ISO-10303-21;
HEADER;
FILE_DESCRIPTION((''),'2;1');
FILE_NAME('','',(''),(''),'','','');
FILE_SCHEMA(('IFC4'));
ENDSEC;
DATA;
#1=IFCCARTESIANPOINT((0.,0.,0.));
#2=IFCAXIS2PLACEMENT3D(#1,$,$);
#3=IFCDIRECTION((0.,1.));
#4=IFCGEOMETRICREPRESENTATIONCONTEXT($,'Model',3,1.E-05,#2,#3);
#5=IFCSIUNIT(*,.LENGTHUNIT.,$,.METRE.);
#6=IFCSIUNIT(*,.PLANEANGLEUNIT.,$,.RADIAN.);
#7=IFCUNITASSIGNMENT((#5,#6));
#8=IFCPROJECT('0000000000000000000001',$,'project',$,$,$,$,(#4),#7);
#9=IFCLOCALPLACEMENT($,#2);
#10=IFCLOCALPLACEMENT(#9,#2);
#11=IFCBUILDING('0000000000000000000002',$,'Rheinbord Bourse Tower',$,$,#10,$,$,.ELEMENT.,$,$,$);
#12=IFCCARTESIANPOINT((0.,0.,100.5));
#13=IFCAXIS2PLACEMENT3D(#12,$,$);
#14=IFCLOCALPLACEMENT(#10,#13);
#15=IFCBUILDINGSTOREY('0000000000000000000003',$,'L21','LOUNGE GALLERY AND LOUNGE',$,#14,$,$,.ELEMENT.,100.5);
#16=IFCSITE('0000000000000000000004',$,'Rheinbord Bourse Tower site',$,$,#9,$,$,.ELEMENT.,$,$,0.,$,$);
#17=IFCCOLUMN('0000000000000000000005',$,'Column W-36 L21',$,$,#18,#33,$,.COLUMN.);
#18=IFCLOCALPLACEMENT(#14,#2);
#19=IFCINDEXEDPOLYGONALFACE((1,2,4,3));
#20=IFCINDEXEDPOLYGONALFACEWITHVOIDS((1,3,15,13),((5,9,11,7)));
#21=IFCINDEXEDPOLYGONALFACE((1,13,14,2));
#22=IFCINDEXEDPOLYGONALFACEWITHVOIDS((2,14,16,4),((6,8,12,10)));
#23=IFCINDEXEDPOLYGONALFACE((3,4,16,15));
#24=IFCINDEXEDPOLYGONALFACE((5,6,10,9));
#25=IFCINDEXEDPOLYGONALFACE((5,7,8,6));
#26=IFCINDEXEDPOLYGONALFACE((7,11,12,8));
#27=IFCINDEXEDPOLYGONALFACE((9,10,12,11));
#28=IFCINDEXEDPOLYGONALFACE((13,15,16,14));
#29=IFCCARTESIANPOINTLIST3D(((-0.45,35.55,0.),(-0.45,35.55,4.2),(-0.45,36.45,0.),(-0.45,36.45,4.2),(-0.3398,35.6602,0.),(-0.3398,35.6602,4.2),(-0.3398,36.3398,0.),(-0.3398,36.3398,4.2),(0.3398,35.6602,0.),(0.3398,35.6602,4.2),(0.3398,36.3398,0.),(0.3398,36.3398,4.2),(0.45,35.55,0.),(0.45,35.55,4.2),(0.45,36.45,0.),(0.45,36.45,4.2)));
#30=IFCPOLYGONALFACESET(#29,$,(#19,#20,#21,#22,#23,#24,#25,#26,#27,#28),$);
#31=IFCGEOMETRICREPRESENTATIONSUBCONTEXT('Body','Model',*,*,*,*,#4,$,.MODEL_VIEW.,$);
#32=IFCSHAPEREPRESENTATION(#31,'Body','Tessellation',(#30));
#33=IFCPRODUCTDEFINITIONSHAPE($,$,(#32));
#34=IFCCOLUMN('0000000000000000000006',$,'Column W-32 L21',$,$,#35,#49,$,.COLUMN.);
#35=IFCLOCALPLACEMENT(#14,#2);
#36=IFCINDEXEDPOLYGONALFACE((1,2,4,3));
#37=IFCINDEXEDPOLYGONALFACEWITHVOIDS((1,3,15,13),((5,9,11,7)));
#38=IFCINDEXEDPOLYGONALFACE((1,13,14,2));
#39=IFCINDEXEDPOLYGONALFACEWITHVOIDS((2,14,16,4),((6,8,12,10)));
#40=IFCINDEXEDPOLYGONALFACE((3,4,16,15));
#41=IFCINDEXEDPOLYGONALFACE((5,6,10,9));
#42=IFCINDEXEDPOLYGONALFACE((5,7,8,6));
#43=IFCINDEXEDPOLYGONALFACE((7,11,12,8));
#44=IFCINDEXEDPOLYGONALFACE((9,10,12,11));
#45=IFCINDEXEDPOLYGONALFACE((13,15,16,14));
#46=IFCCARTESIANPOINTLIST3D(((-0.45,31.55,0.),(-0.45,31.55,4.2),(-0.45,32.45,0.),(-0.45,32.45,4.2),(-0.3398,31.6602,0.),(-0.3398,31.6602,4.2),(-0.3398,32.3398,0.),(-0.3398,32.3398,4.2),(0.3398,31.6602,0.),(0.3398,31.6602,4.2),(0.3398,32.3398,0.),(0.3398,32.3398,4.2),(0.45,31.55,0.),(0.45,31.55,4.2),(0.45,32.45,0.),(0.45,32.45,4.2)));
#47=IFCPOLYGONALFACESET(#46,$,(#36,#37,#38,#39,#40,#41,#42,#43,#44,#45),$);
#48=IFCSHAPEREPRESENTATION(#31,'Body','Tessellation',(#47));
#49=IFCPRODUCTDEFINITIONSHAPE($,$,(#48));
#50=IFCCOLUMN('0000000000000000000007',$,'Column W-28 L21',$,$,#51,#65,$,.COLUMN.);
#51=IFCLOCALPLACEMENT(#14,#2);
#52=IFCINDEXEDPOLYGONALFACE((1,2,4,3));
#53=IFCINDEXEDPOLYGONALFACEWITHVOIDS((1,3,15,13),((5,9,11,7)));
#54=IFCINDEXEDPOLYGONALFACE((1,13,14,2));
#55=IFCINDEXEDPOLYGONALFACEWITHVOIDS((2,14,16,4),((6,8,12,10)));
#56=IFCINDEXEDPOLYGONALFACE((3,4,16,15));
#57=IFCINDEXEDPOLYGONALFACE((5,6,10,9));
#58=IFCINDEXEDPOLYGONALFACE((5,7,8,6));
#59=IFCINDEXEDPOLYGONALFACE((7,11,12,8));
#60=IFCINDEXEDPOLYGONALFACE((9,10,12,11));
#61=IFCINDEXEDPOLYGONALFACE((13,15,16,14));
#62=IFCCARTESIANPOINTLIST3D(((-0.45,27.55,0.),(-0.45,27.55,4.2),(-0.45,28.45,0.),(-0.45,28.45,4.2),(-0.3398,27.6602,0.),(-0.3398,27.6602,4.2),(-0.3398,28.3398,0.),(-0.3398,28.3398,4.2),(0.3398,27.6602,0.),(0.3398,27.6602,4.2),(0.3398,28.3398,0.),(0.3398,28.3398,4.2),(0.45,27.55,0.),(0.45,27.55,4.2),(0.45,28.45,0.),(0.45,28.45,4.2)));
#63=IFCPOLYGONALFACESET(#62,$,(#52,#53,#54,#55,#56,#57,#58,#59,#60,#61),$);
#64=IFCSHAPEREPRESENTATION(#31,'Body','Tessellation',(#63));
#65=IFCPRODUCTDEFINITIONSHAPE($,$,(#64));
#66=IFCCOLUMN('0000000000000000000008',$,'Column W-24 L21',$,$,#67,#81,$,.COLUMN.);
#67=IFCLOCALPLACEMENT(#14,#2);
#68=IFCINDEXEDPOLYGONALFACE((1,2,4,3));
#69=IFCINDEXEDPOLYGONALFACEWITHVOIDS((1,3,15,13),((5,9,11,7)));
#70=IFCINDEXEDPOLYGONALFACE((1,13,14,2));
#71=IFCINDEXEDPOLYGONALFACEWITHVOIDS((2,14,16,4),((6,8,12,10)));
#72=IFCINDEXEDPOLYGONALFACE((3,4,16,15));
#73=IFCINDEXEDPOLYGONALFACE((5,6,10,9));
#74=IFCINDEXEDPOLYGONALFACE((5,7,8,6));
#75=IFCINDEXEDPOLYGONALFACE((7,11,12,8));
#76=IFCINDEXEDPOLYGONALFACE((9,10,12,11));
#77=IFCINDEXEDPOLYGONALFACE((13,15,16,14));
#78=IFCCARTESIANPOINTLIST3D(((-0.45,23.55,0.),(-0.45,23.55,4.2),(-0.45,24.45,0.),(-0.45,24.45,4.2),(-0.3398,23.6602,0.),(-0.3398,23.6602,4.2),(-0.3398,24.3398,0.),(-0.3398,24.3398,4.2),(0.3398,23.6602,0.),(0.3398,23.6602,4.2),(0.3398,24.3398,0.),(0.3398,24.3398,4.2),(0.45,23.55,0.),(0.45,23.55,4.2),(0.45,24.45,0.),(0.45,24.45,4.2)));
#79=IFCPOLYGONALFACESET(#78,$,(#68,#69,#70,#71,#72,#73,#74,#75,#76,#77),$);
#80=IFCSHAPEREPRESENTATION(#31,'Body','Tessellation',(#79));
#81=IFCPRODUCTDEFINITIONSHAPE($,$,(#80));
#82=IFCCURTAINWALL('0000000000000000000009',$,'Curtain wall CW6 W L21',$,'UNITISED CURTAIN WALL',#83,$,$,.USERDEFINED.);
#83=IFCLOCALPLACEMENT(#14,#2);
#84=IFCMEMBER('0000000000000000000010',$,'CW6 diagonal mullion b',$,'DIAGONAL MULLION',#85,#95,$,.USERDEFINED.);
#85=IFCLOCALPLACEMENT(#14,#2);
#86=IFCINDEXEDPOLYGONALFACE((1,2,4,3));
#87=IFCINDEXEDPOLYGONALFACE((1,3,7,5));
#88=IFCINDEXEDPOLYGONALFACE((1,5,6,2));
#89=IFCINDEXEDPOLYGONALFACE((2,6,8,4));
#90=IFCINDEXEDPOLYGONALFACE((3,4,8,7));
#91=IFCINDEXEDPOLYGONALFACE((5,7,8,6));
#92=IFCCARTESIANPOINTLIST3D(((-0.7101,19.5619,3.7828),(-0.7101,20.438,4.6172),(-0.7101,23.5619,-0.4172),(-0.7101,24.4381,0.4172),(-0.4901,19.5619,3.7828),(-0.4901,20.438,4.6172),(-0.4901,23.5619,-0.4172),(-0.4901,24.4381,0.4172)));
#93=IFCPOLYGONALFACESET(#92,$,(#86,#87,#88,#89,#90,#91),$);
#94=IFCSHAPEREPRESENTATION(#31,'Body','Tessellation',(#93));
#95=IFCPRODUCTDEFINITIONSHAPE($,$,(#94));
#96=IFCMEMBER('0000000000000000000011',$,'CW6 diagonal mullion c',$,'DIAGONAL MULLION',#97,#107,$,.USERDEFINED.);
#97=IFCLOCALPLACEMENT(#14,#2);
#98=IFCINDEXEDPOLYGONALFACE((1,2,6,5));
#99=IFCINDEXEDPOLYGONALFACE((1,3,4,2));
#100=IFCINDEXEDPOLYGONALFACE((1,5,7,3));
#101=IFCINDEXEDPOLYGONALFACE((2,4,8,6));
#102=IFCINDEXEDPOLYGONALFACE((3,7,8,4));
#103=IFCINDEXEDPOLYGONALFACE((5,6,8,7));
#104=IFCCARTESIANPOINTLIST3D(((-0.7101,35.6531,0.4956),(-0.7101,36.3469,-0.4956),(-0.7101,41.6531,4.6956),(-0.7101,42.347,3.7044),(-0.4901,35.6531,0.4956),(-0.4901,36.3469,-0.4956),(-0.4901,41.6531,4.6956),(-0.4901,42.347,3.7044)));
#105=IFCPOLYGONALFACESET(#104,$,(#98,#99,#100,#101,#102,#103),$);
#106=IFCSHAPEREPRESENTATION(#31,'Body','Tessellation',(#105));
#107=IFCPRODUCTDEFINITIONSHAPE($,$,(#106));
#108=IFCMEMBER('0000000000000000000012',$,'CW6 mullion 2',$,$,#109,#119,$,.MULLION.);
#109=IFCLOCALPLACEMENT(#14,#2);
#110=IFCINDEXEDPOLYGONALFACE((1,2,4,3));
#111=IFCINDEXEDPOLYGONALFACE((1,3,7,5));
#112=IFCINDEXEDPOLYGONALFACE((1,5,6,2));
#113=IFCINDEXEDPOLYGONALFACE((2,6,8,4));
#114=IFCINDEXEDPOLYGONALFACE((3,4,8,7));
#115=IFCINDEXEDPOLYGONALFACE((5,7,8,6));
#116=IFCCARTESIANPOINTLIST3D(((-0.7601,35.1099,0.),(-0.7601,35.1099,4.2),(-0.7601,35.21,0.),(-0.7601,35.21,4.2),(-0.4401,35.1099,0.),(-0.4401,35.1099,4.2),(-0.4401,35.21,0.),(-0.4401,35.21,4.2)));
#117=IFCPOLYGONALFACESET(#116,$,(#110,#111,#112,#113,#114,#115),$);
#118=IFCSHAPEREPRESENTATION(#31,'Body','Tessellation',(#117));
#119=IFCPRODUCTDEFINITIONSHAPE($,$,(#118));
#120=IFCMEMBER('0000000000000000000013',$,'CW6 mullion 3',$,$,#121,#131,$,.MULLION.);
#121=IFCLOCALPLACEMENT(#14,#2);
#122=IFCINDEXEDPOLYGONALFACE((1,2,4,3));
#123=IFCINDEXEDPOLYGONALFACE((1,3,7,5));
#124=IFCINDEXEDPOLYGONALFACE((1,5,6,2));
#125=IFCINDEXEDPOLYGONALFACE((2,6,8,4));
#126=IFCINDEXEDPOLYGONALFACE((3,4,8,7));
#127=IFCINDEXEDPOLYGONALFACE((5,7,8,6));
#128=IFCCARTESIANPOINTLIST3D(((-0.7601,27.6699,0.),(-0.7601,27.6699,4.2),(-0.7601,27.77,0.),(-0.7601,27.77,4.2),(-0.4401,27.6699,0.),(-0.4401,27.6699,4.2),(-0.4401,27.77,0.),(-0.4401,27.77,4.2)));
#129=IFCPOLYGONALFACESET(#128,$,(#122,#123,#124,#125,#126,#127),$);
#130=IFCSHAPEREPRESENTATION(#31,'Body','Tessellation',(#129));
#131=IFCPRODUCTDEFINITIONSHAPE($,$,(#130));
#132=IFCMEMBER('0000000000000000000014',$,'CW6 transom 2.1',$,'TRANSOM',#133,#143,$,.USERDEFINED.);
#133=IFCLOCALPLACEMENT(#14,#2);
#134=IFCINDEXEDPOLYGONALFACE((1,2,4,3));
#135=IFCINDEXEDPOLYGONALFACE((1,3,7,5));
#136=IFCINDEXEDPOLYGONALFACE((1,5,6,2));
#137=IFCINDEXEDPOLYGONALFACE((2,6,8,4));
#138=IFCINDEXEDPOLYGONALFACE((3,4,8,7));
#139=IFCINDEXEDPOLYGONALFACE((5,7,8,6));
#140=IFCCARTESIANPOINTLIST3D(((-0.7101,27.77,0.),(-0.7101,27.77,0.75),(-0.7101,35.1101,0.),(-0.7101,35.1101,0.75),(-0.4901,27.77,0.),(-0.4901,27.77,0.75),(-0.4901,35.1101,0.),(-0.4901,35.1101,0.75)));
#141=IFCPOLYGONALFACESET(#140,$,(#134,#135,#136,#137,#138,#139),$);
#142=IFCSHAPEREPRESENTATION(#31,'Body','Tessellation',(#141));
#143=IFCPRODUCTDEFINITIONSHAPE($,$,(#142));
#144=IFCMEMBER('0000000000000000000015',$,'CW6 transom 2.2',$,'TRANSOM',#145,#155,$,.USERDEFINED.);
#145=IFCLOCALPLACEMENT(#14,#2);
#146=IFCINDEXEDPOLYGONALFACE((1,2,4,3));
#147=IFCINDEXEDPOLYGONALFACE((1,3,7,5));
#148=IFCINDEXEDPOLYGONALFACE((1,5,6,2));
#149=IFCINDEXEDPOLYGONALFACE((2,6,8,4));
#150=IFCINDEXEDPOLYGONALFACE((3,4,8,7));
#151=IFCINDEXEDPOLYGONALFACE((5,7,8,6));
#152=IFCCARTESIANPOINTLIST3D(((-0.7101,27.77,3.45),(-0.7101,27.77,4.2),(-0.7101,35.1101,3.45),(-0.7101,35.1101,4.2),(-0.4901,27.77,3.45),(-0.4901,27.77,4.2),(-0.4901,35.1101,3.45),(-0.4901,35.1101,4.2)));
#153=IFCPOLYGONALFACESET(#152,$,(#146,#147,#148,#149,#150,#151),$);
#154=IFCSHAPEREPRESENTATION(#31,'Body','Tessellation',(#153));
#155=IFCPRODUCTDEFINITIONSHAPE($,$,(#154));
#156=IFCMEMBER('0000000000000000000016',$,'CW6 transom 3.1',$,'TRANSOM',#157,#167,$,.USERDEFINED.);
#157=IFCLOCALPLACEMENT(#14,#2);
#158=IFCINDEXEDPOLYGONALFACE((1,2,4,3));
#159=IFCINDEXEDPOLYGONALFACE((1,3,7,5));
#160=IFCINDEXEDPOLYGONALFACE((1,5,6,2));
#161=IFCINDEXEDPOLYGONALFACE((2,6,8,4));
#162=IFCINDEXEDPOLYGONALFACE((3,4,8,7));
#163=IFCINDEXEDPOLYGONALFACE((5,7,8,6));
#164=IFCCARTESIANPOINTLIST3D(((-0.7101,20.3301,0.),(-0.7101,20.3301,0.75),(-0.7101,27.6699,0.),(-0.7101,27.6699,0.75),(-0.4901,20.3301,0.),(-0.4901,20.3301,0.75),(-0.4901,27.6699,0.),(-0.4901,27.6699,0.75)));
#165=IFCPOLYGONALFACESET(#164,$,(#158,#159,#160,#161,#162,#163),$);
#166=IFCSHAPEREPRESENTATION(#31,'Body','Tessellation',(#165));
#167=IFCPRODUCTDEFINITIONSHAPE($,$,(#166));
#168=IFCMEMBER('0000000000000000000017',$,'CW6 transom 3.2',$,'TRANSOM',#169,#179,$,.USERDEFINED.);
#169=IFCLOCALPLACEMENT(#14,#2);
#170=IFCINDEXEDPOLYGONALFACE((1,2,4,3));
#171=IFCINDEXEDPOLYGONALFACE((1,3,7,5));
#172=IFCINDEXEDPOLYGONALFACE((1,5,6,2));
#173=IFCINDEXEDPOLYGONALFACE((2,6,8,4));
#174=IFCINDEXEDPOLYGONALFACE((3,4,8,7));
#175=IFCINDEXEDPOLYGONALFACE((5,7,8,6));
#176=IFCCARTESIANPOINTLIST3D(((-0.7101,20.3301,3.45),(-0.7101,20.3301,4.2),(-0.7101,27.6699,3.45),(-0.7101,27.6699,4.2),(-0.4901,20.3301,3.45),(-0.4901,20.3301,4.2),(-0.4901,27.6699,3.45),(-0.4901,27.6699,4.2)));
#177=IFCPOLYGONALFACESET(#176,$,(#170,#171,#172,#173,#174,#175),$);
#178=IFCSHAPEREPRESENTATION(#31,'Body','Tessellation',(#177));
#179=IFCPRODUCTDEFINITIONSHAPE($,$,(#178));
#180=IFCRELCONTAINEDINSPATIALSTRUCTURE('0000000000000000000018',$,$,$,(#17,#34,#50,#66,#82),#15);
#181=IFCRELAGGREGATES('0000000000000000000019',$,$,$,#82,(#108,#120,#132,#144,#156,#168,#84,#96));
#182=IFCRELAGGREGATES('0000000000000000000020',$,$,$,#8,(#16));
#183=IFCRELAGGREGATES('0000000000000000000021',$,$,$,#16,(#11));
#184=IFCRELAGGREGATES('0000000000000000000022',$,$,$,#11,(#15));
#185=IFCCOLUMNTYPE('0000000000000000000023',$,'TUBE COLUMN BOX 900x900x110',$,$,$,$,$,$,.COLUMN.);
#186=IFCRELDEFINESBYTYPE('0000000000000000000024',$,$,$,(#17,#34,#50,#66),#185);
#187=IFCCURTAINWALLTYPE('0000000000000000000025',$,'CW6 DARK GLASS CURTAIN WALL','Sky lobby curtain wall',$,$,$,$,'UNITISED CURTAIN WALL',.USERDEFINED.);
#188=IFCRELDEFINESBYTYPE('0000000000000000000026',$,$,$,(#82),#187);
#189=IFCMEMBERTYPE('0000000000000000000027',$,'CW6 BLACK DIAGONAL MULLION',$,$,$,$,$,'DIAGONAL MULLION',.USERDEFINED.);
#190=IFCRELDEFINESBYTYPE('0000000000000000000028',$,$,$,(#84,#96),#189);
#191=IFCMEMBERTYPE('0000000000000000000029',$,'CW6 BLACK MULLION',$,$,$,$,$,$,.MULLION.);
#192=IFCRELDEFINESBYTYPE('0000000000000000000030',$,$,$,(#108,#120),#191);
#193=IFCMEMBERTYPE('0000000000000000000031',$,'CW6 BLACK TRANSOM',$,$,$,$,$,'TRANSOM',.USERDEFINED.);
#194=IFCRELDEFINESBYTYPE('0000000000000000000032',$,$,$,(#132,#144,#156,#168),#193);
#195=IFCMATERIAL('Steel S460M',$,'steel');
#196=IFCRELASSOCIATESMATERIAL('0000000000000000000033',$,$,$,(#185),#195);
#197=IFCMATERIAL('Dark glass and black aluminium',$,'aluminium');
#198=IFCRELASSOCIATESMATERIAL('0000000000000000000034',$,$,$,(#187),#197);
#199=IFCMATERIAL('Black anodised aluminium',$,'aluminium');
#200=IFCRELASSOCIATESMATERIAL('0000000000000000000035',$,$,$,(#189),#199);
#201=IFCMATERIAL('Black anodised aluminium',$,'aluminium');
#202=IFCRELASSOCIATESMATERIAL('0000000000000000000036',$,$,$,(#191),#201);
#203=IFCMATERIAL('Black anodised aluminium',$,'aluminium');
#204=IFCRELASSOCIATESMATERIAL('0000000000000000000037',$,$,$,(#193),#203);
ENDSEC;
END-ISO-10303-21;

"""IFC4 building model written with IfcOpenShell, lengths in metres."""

from ifc_helpers import new_model, si_unit, direction, frame, origin, origin_2d, place, context, subcontext, project, spatial, rectangle, hollow_rectangle, extrude, material, material_profile, profile_set, type_object, element, aggregate, save


model = new_model("IFC4")

# Units and contexts
model_context = context("Model", 3, precision=1e-05, world=origin(), true_north=direction((0.0, 1.0)))
body_context = subcontext(model_context, "Body", "Model", "MODEL_VIEW")
ifc_project = project(units=[si_unit("LENGTHUNIT", "METRE"), si_unit("PLANEANGLEUNIT", "RADIAN")], contexts=[model_context])

# Site, building, storey
site_placement = place(None, origin())
site = spatial("IfcSite", under=ifc_project, at=site_placement, Name="Rheinbord Bourse Tower site", CompositionType="ELEMENT", RefElevation=0.0)
building_placement = place(site_placement, origin())
building = spatial("IfcBuilding", under=site, at=building_placement, Name="Rheinbord Bourse Tower", CompositionType="ELEMENT")
storey_placement = place(building_placement, frame((0.0, 0.0, 100.5)))
storey = spatial("IfcBuildingStorey", under=building, at=storey_placement, Name="L21", Description="LOUNGE GALLERY AND LOUNGE", CompositionType="ELEMENT", Elevation=100.5)

# Columns
ifc_material_1 = material(Name="Steel S460M", Category="steel")
ifc_material_profile_1 = material_profile(ifc_material_1, hollow_rectangle(XDim=0.8999, YDim=0.8999, WallThickness=0.1101, at=origin_2d()), Name="BOX 900x900x110")
ifc_profile_set_1 = profile_set([ifc_material_profile_1], Name="Steel S460M")
column_type = type_object("IfcColumnType", Name="TUBE COLUMN BOX 900x900x110", PredefinedType="COLUMN", material=ifc_profile_set_1)
for number, where, z_axis, x_axis, name in (
    (1, (0.0, 36.0, 0.0), (0.0, 0.0, 1.0), (1.0, 0.0, 0.0), "Column W-36 L21"),
    (2, (0.0, 32.0, 0.0), (0.0, 0.0, 1.0), (1.0, 0.0, 0.0), "Column W-32 L21"),
    (3, (0.0, 28.0, 0.0), (0.0, 0.0, 1.0), (1.0, 0.0, 0.0), "Column W-28 L21"),
    (4, (0.0, 24.0, 0.0), (0.0, 0.0, 1.0), (1.0, 0.0, 0.0), "Column W-24 L21"),
):
    element("IfcColumn", number, at=place(storey_placement, frame(where, z_axis=z_axis, x_axis=x_axis)), inside=storey, type_object=column_type, Name=name, PredefinedType="COLUMN", context=body_context, shape_type="SweptSolid", body=[
        extrude(hollow_rectangle(XDim=0.8999, YDim=0.8999, WallThickness=0.1101, at=origin_2d()), origin(), (0.0, 0.0, 1.0), 4.2),
    ])

# Curtain wall, members
ifc_material_2 = material(Name="Dark glass and black aluminium", Category="aluminium")
curtain_wall_type = type_object("IfcCurtainWallType", Name="CW6 DARK GLASS CURTAIN WALL", Description="Sky lobby curtain wall", ElementType="UNITISED CURTAIN WALL", PredefinedType="USERDEFINED", material=ifc_material_2)
curtain_wall_placement = place(storey_placement, origin())
curtain_wall = element("IfcCurtainWall", 5, at=curtain_wall_placement, inside=storey, type_object=curtain_wall_type, Name="Curtain wall CW6 W L21", ObjectType="UNITISED CURTAIN WALL", PredefinedType="USERDEFINED")
ifc_material_3 = material(Name="Black anodised aluminium", Category="aluminium")
ifc_material_profile_2 = material_profile(ifc_material_3, rectangle(XDim=0.22, YDim=1.21, at=origin_2d()), Name="CW6 DIAGONAL MULLION 1210x220")
ifc_profile_set_2 = profile_set([ifc_material_profile_2], Name="Black anodised aluminium")
member_type_1 = type_object("IfcMemberType", Name="CW6 BLACK DIAGONAL MULLION", ElementType="DIAGONAL MULLION", PredefinedType="USERDEFINED", material=ifc_profile_set_2)
member_1_placement = place(storey_placement, frame((-0.6001, 24.0, 0.0), z_axis=(0.0, -0.689659, 0.724134), x_axis=(1.0, 0.0, 0.0)))
member_1 = element("IfcMember", 6, at=member_1_placement, type_object=member_type_1, Name="CW6 diagonal mullion b", ObjectType="DIAGONAL MULLION", PredefinedType="USERDEFINED", context=body_context, shape_type="SweptSolid", body=[
    extrude(rectangle(XDim=0.22, YDim=1.21, at=origin_2d()), origin(), (0.0, 0.0, 1.0), 5.8),
])
member_2_placement = place(storey_placement, frame((-0.6001, 36.0, 0.0), z_axis=(0.0, 0.819235, 0.573458), x_axis=(-1.0, 0.0, 0.0)))
member_2 = element("IfcMember", 7, at=member_2_placement, type_object=member_type_1, Name="CW6 diagonal mullion c", ObjectType="DIAGONAL MULLION", PredefinedType="USERDEFINED", context=body_context, shape_type="SweptSolid", body=[
    extrude(rectangle(XDim=0.22, YDim=1.21, at=origin_2d()), origin(), (0.0, 0.0, 1.0), 7.324),
])
ifc_material_4 = material(Name="Black anodised aluminium", Category="aluminium")
ifc_material_profile_3 = material_profile(ifc_material_4, rectangle(XDim=0.3201, YDim=0.1001, at=origin_2d()), Name="CW6 MULLION 100x320")
ifc_profile_set_3 = profile_set([ifc_material_profile_3], Name="Black anodised aluminium")
member_type_2 = type_object("IfcMemberType", Name="CW6 BLACK MULLION", PredefinedType="MULLION", material=ifc_profile_set_3)
member_3_placement = place(storey_placement, frame((-0.6001, 35.1599, 0.0), z_axis=(0.0, 0.0, 1.0), x_axis=(1.0, 0.0, 0.0)))
member_3 = element("IfcMember", 8, at=member_3_placement, type_object=member_type_2, Name="CW6 mullion 2", PredefinedType="MULLION", context=body_context, shape_type="SweptSolid", body=[
    extrude(rectangle(XDim=0.3201, YDim=0.1001, at=origin_2d()), origin(), (0.0, 0.0, 1.0), 4.2),
])
member_4_placement = place(storey_placement, frame((-0.6001, 27.72, 0.0), z_axis=(0.0, 0.0, 1.0), x_axis=(1.0, 0.0, 0.0)))
member_4 = element("IfcMember", 9, at=member_4_placement, type_object=member_type_2, Name="CW6 mullion 3", PredefinedType="MULLION", context=body_context, shape_type="SweptSolid", body=[
    extrude(rectangle(XDim=0.3201, YDim=0.1001, at=origin_2d()), origin(), (0.0, 0.0, 1.0), 4.2),
])
ifc_material_5 = material(Name="Black anodised aluminium", Category="aluminium")
ifc_material_profile_4 = material_profile(ifc_material_5, rectangle(XDim=0.22, YDim=0.75, at=origin_2d()), Name="CW6 TRANSOM 750x220")
ifc_profile_set_4 = profile_set([ifc_material_profile_4], Name="Black anodised aluminium")
member_type_3 = type_object("IfcMemberType", Name="CW6 BLACK TRANSOM", ElementType="TRANSOM", PredefinedType="USERDEFINED", material=ifc_profile_set_4)
member_5_placement = place(storey_placement, frame((-0.6001, 35.1101, 0.375), z_axis=(0.0, -1.0, 0.0), x_axis=(1.0, 0.0, 0.0)))
member_5 = element("IfcMember", 10, at=member_5_placement, type_object=member_type_3, Name="CW6 transom 2.1", ObjectType="TRANSOM", PredefinedType="USERDEFINED", context=body_context, shape_type="SweptSolid", body=[
    extrude(rectangle(XDim=0.22, YDim=0.75, at=origin_2d()), origin(), (0.0, 0.0, 1.0), 7.3401),
])
member_6_placement = place(storey_placement, frame((-0.6001, 35.1101, 3.825), z_axis=(0.0, -1.0, 0.0), x_axis=(1.0, 0.0, 0.0)))
member_6 = element("IfcMember", 11, at=member_6_placement, type_object=member_type_3, Name="CW6 transom 2.2", ObjectType="TRANSOM", PredefinedType="USERDEFINED", context=body_context, shape_type="SweptSolid", body=[
    extrude(rectangle(XDim=0.22, YDim=0.75, at=origin_2d()), origin(), (0.0, 0.0, 1.0), 7.3401),
])
member_7_placement = place(storey_placement, frame((-0.6001, 27.6699, 0.375), z_axis=(0.0, -1.0, 0.0), x_axis=(1.0, 0.0, 0.0)))
member_7 = element("IfcMember", 12, at=member_7_placement, type_object=member_type_3, Name="CW6 transom 3.1", ObjectType="TRANSOM", PredefinedType="USERDEFINED", context=body_context, shape_type="SweptSolid", body=[
    extrude(rectangle(XDim=0.22, YDim=0.75, at=origin_2d()), origin(), (0.0, 0.0, 1.0), 7.3398),
])
member_8_placement = place(storey_placement, frame((-0.6001, 27.6699, 3.825), z_axis=(0.0, -1.0, 0.0), x_axis=(1.0, 0.0, 0.0)))
member_8 = element("IfcMember", 13, at=member_8_placement, type_object=member_type_3, Name="CW6 transom 3.2", ObjectType="TRANSOM", PredefinedType="USERDEFINED", context=body_context, shape_type="SweptSolid", body=[
    extrude(rectangle(XDim=0.22, YDim=0.75, at=origin_2d()), origin(), (0.0, 0.0, 1.0), 7.3398),
])

aggregate(curtain_wall, [member_3, member_4, member_5, member_6, member_7, member_8, member_1, member_2])

save(model, "model.ifc")
